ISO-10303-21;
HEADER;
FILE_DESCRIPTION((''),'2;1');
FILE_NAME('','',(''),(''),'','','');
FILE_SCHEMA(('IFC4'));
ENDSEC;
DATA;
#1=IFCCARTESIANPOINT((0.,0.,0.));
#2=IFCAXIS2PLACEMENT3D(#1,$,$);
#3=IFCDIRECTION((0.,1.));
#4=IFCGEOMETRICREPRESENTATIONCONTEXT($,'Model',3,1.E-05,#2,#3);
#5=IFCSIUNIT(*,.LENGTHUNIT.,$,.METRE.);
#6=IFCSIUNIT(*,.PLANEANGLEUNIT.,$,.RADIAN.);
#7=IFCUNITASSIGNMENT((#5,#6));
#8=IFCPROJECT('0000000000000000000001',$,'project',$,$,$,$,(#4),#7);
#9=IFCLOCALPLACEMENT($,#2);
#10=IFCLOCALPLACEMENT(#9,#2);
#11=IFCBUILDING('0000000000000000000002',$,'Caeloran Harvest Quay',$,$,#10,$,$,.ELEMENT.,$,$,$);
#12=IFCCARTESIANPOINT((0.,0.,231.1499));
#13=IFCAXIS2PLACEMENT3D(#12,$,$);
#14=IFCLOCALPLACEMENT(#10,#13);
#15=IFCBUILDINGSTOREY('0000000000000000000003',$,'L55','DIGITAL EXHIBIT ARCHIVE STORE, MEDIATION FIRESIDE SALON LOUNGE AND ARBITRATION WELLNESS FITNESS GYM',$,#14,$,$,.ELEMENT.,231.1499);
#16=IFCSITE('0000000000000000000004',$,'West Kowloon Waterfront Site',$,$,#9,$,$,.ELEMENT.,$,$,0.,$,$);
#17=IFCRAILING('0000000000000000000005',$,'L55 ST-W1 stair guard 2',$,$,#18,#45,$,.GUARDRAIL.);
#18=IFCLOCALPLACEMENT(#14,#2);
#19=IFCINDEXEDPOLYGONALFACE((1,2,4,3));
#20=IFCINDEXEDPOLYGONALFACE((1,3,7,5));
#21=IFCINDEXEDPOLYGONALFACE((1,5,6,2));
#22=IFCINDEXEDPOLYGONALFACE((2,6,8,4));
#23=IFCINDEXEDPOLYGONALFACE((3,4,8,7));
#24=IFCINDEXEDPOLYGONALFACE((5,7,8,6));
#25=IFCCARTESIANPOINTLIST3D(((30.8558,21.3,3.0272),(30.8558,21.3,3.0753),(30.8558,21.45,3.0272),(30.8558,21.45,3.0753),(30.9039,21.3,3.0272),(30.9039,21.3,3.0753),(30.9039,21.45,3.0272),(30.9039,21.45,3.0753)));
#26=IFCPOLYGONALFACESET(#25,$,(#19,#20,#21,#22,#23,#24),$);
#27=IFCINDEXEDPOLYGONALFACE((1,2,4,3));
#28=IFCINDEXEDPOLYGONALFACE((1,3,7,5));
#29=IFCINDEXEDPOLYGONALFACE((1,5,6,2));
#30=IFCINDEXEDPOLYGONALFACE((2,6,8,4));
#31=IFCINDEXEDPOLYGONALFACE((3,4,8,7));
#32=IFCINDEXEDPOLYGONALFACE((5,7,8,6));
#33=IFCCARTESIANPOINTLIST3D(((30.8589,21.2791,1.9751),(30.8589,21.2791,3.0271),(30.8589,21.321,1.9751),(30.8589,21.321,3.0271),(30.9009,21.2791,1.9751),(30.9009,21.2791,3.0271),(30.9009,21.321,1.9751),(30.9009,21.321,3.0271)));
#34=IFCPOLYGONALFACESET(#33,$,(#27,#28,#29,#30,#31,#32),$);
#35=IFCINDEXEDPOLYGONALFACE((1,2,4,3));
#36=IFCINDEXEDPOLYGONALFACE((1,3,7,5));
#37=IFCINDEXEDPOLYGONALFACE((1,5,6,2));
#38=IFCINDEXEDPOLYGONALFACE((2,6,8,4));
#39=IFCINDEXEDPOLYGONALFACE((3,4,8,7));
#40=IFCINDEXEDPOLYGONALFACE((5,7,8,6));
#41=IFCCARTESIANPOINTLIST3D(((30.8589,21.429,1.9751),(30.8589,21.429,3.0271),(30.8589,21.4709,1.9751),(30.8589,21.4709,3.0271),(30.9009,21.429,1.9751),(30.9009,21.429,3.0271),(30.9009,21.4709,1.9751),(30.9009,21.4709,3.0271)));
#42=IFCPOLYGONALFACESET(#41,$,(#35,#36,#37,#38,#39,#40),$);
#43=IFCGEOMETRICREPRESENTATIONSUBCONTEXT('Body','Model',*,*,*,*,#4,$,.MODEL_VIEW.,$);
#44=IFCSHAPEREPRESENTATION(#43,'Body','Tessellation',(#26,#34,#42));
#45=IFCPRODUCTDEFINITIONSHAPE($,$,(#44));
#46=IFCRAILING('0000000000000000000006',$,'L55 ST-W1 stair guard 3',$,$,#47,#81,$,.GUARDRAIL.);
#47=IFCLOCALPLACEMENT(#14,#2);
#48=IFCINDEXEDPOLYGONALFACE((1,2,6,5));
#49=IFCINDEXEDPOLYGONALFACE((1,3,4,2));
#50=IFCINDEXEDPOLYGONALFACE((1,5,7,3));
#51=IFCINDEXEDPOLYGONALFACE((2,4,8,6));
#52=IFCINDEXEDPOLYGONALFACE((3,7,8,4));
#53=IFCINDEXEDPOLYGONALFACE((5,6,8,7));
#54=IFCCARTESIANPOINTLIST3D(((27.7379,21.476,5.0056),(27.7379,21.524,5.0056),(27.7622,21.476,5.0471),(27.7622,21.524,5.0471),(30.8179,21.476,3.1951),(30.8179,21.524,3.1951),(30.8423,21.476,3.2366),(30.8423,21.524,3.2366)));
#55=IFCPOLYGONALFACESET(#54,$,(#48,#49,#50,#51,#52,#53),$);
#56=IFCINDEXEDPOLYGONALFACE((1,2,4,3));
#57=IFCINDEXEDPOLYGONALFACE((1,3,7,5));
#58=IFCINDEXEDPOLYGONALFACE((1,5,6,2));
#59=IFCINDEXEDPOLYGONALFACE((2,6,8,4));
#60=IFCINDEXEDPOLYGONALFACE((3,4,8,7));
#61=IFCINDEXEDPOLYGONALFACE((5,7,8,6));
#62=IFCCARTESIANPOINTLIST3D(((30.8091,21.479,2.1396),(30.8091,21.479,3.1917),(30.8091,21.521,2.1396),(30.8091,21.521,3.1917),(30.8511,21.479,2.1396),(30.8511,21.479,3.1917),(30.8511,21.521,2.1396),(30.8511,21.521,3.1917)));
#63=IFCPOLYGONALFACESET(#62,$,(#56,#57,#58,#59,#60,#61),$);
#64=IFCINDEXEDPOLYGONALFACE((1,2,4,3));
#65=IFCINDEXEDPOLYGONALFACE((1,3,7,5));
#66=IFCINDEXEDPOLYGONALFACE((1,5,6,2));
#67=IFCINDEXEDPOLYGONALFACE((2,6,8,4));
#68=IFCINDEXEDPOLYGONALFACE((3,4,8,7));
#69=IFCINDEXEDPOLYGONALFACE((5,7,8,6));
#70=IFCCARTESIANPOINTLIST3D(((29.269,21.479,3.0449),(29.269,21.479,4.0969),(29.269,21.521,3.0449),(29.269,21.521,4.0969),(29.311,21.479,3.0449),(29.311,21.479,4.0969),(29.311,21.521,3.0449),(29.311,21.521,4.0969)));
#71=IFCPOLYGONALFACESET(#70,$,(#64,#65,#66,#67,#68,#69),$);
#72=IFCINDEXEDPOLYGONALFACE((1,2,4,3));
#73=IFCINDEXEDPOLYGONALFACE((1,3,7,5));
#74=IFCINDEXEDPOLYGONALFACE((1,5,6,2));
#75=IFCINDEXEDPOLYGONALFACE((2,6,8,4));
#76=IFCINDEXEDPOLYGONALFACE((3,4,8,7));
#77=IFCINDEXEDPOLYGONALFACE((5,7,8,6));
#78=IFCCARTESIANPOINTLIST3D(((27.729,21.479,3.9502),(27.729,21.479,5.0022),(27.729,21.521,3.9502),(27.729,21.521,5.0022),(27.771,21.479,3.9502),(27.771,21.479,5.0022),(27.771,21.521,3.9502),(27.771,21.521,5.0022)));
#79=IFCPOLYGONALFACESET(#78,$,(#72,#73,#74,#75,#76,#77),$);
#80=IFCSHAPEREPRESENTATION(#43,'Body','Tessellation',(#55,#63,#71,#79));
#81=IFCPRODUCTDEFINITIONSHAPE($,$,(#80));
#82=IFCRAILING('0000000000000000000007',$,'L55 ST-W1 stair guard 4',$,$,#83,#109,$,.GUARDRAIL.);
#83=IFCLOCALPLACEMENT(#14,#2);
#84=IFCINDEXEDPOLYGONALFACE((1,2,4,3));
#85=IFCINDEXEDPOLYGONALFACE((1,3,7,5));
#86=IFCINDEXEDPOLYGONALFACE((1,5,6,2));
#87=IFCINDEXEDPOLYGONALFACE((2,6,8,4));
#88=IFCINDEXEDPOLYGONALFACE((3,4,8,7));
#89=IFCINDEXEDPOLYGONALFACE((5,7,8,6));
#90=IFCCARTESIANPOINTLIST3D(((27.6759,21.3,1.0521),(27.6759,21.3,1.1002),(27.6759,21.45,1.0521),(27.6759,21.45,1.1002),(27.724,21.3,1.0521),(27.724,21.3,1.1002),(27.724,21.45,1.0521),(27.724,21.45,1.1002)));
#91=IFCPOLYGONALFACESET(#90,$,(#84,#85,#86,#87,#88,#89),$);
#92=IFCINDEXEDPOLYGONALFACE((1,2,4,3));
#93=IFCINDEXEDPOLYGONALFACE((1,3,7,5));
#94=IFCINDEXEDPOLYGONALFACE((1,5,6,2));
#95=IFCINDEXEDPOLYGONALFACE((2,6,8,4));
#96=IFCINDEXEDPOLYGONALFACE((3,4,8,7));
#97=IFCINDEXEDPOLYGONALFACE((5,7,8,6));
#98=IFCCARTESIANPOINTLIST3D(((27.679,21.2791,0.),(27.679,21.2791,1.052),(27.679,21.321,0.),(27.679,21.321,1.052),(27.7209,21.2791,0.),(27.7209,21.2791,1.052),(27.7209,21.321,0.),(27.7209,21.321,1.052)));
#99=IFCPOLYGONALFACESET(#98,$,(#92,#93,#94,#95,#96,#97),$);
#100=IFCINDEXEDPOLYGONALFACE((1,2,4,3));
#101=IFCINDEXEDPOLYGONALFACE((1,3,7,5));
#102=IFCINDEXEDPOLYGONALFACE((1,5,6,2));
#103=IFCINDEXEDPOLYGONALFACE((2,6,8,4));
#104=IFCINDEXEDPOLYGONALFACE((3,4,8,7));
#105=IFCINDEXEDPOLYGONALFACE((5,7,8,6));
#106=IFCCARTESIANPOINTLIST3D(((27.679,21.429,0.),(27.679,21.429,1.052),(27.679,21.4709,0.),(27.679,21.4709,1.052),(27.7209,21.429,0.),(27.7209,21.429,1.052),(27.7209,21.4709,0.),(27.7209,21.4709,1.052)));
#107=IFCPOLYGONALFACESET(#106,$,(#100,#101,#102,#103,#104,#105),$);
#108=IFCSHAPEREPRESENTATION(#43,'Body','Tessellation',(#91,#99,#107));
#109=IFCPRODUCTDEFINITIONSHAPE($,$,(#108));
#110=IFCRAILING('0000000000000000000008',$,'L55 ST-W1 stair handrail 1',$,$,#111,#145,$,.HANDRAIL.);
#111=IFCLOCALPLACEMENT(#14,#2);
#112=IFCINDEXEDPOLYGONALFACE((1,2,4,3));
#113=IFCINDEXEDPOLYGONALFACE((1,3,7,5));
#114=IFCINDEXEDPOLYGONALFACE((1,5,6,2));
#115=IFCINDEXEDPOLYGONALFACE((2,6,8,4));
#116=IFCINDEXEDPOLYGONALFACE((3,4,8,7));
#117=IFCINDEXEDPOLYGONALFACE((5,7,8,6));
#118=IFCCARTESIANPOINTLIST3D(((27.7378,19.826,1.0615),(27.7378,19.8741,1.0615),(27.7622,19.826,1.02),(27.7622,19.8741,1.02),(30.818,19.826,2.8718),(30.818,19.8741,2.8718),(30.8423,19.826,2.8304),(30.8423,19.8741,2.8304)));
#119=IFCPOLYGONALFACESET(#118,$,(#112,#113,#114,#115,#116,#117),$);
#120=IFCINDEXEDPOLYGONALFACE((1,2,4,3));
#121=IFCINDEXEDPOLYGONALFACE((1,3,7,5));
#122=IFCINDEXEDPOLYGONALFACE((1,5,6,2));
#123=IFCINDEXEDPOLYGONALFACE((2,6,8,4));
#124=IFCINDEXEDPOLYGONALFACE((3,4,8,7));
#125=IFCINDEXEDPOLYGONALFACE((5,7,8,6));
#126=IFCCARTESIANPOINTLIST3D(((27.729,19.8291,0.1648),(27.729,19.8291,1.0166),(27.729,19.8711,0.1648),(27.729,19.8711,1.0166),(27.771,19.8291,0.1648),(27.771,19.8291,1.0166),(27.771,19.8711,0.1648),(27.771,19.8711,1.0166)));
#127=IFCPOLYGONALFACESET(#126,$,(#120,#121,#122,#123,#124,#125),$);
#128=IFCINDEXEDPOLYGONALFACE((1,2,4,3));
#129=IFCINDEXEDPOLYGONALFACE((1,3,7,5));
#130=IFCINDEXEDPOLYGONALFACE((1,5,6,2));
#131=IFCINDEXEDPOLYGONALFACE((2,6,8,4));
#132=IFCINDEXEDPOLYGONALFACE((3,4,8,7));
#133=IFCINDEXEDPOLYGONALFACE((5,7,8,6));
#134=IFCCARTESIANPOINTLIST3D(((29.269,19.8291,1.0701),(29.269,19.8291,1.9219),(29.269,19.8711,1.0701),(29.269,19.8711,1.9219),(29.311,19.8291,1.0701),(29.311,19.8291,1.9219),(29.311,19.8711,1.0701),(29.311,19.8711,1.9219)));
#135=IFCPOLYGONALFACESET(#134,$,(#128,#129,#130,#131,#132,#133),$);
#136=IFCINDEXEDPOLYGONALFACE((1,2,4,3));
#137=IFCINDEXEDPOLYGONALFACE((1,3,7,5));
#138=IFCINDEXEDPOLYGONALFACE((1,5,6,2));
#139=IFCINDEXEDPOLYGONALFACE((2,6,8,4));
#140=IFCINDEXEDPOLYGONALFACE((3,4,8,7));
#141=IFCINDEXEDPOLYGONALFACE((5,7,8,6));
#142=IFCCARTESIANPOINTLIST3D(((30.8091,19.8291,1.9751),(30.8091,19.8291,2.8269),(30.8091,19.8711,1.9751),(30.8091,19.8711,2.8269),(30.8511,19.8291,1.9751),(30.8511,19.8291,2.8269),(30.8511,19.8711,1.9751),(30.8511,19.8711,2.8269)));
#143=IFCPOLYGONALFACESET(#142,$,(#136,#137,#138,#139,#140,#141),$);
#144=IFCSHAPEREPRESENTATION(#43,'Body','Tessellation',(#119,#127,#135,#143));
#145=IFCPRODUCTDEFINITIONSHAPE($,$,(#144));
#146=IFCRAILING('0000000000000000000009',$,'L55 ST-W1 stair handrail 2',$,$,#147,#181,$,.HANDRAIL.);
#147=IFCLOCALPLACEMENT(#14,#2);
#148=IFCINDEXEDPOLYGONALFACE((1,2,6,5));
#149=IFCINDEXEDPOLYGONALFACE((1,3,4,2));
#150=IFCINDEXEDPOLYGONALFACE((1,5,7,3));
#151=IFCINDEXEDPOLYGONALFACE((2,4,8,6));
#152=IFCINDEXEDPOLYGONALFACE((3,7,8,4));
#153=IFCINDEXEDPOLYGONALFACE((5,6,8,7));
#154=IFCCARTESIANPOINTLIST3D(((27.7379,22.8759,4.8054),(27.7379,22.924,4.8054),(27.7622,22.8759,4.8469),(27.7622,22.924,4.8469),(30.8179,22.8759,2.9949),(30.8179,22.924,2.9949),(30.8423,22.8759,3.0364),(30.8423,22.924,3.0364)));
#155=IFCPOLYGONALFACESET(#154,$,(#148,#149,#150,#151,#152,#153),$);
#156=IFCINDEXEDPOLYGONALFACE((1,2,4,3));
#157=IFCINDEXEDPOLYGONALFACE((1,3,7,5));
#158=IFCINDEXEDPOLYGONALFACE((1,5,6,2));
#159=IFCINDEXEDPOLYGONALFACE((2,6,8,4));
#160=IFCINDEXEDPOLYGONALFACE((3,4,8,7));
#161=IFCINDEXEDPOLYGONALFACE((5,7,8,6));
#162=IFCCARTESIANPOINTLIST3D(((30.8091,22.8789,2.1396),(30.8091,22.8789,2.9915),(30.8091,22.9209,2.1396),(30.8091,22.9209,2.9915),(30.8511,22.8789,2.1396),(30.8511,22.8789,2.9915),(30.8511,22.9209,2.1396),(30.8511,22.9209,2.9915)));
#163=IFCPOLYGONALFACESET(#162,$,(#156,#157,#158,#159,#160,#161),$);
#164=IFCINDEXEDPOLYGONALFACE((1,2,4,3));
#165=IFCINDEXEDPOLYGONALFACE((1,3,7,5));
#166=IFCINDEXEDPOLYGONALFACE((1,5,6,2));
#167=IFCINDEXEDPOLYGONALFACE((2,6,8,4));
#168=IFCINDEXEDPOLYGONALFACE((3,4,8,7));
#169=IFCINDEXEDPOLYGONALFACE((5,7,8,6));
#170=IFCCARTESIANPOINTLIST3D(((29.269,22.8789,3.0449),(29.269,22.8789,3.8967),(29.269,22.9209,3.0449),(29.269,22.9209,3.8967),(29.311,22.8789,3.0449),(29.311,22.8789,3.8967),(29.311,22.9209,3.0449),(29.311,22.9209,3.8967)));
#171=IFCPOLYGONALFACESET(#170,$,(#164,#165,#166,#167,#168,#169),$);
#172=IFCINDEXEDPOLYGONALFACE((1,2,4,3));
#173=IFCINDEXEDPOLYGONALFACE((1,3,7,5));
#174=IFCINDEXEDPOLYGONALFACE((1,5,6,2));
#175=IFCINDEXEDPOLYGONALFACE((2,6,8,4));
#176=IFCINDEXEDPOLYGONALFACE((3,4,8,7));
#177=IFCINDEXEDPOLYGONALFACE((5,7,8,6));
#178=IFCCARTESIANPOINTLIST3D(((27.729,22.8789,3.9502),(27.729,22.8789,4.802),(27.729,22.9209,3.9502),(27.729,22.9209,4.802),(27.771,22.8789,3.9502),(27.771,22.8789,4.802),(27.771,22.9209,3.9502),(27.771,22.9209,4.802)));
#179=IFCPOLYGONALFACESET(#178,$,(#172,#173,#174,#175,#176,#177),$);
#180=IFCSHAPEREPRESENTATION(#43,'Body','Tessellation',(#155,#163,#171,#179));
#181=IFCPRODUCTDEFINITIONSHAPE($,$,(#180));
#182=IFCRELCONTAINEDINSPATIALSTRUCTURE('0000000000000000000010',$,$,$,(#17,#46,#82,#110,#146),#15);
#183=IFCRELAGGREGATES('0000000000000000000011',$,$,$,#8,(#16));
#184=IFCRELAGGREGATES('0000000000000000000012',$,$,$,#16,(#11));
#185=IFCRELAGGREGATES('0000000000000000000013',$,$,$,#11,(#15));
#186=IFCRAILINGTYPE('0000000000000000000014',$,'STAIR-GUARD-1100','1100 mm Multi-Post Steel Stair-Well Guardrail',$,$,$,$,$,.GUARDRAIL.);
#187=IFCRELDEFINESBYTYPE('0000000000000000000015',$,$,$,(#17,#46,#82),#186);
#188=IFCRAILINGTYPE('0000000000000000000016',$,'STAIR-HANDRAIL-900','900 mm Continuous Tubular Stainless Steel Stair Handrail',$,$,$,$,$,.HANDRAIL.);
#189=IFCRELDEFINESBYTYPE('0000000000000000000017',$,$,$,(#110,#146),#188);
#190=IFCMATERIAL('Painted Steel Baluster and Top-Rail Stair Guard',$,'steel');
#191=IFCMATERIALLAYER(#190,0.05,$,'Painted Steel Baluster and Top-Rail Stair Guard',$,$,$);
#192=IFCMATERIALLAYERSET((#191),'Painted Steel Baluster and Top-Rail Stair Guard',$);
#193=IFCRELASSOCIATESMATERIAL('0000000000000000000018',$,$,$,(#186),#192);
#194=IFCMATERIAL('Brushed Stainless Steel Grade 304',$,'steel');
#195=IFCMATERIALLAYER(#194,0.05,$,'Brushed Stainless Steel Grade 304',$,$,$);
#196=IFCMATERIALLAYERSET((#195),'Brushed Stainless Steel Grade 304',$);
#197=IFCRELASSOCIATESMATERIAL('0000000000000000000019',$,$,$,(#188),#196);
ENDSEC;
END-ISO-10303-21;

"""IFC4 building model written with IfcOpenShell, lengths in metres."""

from ifc_helpers import new_model, si_unit, direction, frame, origin, origin_2d, place, context, subcontext, project, spatial, rectangle, extrude, material, layer, layer_set, type_object, element, save


model = new_model("IFC4")

# Units and contexts
model_context = context("Model", 3, precision=1e-05, world=origin(), true_north=direction((0.0, 1.0)))
body_context = subcontext(model_context, "Body", "Model", "MODEL_VIEW")
ifc_project = project(units=[si_unit("LENGTHUNIT", "METRE"), si_unit("PLANEANGLEUNIT", "RADIAN")], contexts=[model_context])

# Site, building, storey
site_placement = place(None, origin())
site = spatial("IfcSite", under=ifc_project, at=site_placement, Name="West Kowloon Waterfront Site", CompositionType="ELEMENT", RefElevation=0.0)
building_placement = place(site_placement, origin())
building = spatial("IfcBuilding", under=site, at=building_placement, Name="Caeloran Harvest Quay", CompositionType="ELEMENT")
storey_placement = place(building_placement, frame((0.0, 0.0, 231.1499)))
storey = spatial("IfcBuildingStorey", under=building, at=storey_placement, Name="L55", Description="DIGITAL EXHIBIT ARCHIVE STORE, MEDIATION FIRESIDE SALON LOUNGE AND ARBITRATION WELLNESS FITNESS GYM", CompositionType="ELEMENT", Elevation=231.1499)

# Railings
ifc_material_1 = material(Name="Painted Steel Baluster and Top-Rail Stair Guard", Category="steel")
ifc_layer_1 = layer(ifc_material_1, 0.05, Name="Painted Steel Baluster and Top-Rail Stair Guard")
ifc_layer_set_1 = layer_set([ifc_layer_1], Name="Painted Steel Baluster and Top-Rail Stair Guard")
railing_type_1 = type_object("IfcRailingType", Name="STAIR-GUARD-1100", Description="1100 mm Multi-Post Steel Stair-Well Guardrail", PredefinedType="GUARDRAIL", material=ifc_layer_set_1)
railing_1_placement = place(storey_placement, frame((30.8799, 21.3, 1.9751)))
element("IfcRailing", 1, at=railing_1_placement, inside=storey, type_object=railing_type_1, Name="L55 ST-W1 stair guard 2", PredefinedType="GUARDRAIL", context=body_context, shape_type="SweptSolid", body=[
    extrude(rectangle(XDim=0.0481, YDim=0.0481, at=origin_2d()), frame((0.0, 0.0, 1.0762), z_axis=(0.0, 1.0, 0.0), x_axis=(-1.0, 0.0, 0.0)), (0.0, 0.0, 1.0), 0.1499),
    extrude(rectangle(XDim=0.042, YDim=0.042, at=origin_2d()), origin(), (0.0, 0.0, 1.0), 1.052),
    extrude(rectangle(XDim=0.042, YDim=0.042, at=origin_2d()), frame((0.0, 0.1499, 0.0)), (0.0, 0.0, 1.0), 1.052),
])
railing_2_placement = place(storey_placement, frame((30.8301, 21.5, 2.1396)))
element("IfcRailing", 2, at=railing_2_placement, inside=storey, type_object=railing_type_1, Name="L55 ST-W1 stair guard 3", PredefinedType="GUARDRAIL", context=body_context, shape_type="SweptSolid", body=[
    extrude(rectangle(XDim=0.0481, YDim=0.0481, at=origin_2d()), frame((0.0, 0.0, 1.0762), z_axis=(-0.862089, 0.0, 0.506757), x_axis=(0.0, -1.0, 0.0)), (0.0, 0.0, 1.0), 3.5728),
    extrude(rectangle(XDim=0.042, YDim=0.042, at=origin_2d()), origin(), (0.0, 0.0, 1.0), 1.052),
    extrude(rectangle(XDim=0.042, YDim=0.042, at=origin_2d()), frame((-1.54, 0.0, 0.9053)), (0.0, 0.0, 1.0), 1.052),
    extrude(rectangle(XDim=0.042, YDim=0.042, at=origin_2d()), frame((-3.0801, 0.0, 1.8105)), (0.0, 0.0, 1.0), 1.052),
])
railing_3_placement = place(storey_placement, frame((27.7, 21.3, 0.0)))
element("IfcRailing", 3, at=railing_3_placement, inside=storey, type_object=railing_type_1, Name="L55 ST-W1 stair guard 4", PredefinedType="GUARDRAIL", context=body_context, shape_type="SweptSolid", body=[
    extrude(rectangle(XDim=0.0481, YDim=0.0481, at=origin_2d()), frame((0.0, 0.0, 1.0762), z_axis=(0.0, 1.0, 0.0), x_axis=(-1.0, 0.0, 0.0)), (0.0, 0.0, 1.0), 0.1499),
    extrude(rectangle(XDim=0.042, YDim=0.042, at=origin_2d()), origin(), (0.0, 0.0, 1.0), 1.052),
    extrude(rectangle(XDim=0.042, YDim=0.042, at=origin_2d()), frame((0.0, 0.1499, 0.0)), (0.0, 0.0, 1.0), 1.052),
])
ifc_material_2 = material(Name="Brushed Stainless Steel Grade 304", Category="steel")
ifc_layer_2 = layer(ifc_material_2, 0.05, Name="Brushed Stainless Steel Grade 304")
ifc_layer_set_2 = layer_set([ifc_layer_2], Name="Brushed Stainless Steel Grade 304")
railing_type_2 = type_object("IfcRailingType", Name="STAIR-HANDRAIL-900", Description="900 mm Continuous Tubular Stainless Steel Stair Handrail", PredefinedType="HANDRAIL", material=ifc_layer_set_2)
railing_4_placement = place(storey_placement, frame((27.75, 19.8501, 0.1648)))
element("IfcRailing", 4, at=railing_4_placement, inside=storey, type_object=railing_type_2, Name="L55 ST-W1 stair handrail 1", PredefinedType="HANDRAIL", context=body_context, shape_type="SweptSolid", body=[
    extrude(rectangle(XDim=0.0481, YDim=0.0481, at=origin_2d()), frame((0.0, 0.0, 0.876), z_axis=(0.862119, 0.0, 0.506707), x_axis=(0.0, 1.0, 0.0)), (0.0, 0.0, 1.0), 3.5728),
    extrude(rectangle(XDim=0.042, YDim=0.042, at=origin_2d()), origin(), (0.0, 0.0, 1.0), 0.8518),
    extrude(rectangle(XDim=0.042, YDim=0.042, at=origin_2d()), frame((1.54, 0.0, 0.9053)), (0.0, 0.0, 1.0), 0.8518),
    extrude(rectangle(XDim=0.042, YDim=0.042, at=origin_2d()), frame((3.0801, 0.0, 1.8103)), (0.0, 0.0, 1.0), 0.8518),
])
railing_5_placement = place(storey_placement, frame((30.8301, 22.8999, 2.1396)))
element("IfcRailing", 5, at=railing_5_placement, inside=storey, type_object=railing_type_2, Name="L55 ST-W1 stair handrail 2", PredefinedType="HANDRAIL", context=body_context, shape_type="SweptSolid", body=[
    extrude(rectangle(XDim=0.0481, YDim=0.0481, at=origin_2d()), frame((0.0, 0.0, 0.876), z_axis=(-0.862089, 0.0, 0.506757), x_axis=(0.0, -1.0, 0.0)), (0.0, 0.0, 1.0), 3.5728),
    extrude(rectangle(XDim=0.042, YDim=0.042, at=origin_2d()), origin(), (0.0, 0.0, 1.0), 0.8518),
    extrude(rectangle(XDim=0.042, YDim=0.042, at=origin_2d()), frame((-1.54, 0.0, 0.9053)), (0.0, 0.0, 1.0), 0.8518),
    extrude(rectangle(XDim=0.042, YDim=0.042, at=origin_2d()), frame((-3.0801, 0.0, 1.8105)), (0.0, 0.0, 1.0), 0.8518),
])

save(model, "model.ifc")
